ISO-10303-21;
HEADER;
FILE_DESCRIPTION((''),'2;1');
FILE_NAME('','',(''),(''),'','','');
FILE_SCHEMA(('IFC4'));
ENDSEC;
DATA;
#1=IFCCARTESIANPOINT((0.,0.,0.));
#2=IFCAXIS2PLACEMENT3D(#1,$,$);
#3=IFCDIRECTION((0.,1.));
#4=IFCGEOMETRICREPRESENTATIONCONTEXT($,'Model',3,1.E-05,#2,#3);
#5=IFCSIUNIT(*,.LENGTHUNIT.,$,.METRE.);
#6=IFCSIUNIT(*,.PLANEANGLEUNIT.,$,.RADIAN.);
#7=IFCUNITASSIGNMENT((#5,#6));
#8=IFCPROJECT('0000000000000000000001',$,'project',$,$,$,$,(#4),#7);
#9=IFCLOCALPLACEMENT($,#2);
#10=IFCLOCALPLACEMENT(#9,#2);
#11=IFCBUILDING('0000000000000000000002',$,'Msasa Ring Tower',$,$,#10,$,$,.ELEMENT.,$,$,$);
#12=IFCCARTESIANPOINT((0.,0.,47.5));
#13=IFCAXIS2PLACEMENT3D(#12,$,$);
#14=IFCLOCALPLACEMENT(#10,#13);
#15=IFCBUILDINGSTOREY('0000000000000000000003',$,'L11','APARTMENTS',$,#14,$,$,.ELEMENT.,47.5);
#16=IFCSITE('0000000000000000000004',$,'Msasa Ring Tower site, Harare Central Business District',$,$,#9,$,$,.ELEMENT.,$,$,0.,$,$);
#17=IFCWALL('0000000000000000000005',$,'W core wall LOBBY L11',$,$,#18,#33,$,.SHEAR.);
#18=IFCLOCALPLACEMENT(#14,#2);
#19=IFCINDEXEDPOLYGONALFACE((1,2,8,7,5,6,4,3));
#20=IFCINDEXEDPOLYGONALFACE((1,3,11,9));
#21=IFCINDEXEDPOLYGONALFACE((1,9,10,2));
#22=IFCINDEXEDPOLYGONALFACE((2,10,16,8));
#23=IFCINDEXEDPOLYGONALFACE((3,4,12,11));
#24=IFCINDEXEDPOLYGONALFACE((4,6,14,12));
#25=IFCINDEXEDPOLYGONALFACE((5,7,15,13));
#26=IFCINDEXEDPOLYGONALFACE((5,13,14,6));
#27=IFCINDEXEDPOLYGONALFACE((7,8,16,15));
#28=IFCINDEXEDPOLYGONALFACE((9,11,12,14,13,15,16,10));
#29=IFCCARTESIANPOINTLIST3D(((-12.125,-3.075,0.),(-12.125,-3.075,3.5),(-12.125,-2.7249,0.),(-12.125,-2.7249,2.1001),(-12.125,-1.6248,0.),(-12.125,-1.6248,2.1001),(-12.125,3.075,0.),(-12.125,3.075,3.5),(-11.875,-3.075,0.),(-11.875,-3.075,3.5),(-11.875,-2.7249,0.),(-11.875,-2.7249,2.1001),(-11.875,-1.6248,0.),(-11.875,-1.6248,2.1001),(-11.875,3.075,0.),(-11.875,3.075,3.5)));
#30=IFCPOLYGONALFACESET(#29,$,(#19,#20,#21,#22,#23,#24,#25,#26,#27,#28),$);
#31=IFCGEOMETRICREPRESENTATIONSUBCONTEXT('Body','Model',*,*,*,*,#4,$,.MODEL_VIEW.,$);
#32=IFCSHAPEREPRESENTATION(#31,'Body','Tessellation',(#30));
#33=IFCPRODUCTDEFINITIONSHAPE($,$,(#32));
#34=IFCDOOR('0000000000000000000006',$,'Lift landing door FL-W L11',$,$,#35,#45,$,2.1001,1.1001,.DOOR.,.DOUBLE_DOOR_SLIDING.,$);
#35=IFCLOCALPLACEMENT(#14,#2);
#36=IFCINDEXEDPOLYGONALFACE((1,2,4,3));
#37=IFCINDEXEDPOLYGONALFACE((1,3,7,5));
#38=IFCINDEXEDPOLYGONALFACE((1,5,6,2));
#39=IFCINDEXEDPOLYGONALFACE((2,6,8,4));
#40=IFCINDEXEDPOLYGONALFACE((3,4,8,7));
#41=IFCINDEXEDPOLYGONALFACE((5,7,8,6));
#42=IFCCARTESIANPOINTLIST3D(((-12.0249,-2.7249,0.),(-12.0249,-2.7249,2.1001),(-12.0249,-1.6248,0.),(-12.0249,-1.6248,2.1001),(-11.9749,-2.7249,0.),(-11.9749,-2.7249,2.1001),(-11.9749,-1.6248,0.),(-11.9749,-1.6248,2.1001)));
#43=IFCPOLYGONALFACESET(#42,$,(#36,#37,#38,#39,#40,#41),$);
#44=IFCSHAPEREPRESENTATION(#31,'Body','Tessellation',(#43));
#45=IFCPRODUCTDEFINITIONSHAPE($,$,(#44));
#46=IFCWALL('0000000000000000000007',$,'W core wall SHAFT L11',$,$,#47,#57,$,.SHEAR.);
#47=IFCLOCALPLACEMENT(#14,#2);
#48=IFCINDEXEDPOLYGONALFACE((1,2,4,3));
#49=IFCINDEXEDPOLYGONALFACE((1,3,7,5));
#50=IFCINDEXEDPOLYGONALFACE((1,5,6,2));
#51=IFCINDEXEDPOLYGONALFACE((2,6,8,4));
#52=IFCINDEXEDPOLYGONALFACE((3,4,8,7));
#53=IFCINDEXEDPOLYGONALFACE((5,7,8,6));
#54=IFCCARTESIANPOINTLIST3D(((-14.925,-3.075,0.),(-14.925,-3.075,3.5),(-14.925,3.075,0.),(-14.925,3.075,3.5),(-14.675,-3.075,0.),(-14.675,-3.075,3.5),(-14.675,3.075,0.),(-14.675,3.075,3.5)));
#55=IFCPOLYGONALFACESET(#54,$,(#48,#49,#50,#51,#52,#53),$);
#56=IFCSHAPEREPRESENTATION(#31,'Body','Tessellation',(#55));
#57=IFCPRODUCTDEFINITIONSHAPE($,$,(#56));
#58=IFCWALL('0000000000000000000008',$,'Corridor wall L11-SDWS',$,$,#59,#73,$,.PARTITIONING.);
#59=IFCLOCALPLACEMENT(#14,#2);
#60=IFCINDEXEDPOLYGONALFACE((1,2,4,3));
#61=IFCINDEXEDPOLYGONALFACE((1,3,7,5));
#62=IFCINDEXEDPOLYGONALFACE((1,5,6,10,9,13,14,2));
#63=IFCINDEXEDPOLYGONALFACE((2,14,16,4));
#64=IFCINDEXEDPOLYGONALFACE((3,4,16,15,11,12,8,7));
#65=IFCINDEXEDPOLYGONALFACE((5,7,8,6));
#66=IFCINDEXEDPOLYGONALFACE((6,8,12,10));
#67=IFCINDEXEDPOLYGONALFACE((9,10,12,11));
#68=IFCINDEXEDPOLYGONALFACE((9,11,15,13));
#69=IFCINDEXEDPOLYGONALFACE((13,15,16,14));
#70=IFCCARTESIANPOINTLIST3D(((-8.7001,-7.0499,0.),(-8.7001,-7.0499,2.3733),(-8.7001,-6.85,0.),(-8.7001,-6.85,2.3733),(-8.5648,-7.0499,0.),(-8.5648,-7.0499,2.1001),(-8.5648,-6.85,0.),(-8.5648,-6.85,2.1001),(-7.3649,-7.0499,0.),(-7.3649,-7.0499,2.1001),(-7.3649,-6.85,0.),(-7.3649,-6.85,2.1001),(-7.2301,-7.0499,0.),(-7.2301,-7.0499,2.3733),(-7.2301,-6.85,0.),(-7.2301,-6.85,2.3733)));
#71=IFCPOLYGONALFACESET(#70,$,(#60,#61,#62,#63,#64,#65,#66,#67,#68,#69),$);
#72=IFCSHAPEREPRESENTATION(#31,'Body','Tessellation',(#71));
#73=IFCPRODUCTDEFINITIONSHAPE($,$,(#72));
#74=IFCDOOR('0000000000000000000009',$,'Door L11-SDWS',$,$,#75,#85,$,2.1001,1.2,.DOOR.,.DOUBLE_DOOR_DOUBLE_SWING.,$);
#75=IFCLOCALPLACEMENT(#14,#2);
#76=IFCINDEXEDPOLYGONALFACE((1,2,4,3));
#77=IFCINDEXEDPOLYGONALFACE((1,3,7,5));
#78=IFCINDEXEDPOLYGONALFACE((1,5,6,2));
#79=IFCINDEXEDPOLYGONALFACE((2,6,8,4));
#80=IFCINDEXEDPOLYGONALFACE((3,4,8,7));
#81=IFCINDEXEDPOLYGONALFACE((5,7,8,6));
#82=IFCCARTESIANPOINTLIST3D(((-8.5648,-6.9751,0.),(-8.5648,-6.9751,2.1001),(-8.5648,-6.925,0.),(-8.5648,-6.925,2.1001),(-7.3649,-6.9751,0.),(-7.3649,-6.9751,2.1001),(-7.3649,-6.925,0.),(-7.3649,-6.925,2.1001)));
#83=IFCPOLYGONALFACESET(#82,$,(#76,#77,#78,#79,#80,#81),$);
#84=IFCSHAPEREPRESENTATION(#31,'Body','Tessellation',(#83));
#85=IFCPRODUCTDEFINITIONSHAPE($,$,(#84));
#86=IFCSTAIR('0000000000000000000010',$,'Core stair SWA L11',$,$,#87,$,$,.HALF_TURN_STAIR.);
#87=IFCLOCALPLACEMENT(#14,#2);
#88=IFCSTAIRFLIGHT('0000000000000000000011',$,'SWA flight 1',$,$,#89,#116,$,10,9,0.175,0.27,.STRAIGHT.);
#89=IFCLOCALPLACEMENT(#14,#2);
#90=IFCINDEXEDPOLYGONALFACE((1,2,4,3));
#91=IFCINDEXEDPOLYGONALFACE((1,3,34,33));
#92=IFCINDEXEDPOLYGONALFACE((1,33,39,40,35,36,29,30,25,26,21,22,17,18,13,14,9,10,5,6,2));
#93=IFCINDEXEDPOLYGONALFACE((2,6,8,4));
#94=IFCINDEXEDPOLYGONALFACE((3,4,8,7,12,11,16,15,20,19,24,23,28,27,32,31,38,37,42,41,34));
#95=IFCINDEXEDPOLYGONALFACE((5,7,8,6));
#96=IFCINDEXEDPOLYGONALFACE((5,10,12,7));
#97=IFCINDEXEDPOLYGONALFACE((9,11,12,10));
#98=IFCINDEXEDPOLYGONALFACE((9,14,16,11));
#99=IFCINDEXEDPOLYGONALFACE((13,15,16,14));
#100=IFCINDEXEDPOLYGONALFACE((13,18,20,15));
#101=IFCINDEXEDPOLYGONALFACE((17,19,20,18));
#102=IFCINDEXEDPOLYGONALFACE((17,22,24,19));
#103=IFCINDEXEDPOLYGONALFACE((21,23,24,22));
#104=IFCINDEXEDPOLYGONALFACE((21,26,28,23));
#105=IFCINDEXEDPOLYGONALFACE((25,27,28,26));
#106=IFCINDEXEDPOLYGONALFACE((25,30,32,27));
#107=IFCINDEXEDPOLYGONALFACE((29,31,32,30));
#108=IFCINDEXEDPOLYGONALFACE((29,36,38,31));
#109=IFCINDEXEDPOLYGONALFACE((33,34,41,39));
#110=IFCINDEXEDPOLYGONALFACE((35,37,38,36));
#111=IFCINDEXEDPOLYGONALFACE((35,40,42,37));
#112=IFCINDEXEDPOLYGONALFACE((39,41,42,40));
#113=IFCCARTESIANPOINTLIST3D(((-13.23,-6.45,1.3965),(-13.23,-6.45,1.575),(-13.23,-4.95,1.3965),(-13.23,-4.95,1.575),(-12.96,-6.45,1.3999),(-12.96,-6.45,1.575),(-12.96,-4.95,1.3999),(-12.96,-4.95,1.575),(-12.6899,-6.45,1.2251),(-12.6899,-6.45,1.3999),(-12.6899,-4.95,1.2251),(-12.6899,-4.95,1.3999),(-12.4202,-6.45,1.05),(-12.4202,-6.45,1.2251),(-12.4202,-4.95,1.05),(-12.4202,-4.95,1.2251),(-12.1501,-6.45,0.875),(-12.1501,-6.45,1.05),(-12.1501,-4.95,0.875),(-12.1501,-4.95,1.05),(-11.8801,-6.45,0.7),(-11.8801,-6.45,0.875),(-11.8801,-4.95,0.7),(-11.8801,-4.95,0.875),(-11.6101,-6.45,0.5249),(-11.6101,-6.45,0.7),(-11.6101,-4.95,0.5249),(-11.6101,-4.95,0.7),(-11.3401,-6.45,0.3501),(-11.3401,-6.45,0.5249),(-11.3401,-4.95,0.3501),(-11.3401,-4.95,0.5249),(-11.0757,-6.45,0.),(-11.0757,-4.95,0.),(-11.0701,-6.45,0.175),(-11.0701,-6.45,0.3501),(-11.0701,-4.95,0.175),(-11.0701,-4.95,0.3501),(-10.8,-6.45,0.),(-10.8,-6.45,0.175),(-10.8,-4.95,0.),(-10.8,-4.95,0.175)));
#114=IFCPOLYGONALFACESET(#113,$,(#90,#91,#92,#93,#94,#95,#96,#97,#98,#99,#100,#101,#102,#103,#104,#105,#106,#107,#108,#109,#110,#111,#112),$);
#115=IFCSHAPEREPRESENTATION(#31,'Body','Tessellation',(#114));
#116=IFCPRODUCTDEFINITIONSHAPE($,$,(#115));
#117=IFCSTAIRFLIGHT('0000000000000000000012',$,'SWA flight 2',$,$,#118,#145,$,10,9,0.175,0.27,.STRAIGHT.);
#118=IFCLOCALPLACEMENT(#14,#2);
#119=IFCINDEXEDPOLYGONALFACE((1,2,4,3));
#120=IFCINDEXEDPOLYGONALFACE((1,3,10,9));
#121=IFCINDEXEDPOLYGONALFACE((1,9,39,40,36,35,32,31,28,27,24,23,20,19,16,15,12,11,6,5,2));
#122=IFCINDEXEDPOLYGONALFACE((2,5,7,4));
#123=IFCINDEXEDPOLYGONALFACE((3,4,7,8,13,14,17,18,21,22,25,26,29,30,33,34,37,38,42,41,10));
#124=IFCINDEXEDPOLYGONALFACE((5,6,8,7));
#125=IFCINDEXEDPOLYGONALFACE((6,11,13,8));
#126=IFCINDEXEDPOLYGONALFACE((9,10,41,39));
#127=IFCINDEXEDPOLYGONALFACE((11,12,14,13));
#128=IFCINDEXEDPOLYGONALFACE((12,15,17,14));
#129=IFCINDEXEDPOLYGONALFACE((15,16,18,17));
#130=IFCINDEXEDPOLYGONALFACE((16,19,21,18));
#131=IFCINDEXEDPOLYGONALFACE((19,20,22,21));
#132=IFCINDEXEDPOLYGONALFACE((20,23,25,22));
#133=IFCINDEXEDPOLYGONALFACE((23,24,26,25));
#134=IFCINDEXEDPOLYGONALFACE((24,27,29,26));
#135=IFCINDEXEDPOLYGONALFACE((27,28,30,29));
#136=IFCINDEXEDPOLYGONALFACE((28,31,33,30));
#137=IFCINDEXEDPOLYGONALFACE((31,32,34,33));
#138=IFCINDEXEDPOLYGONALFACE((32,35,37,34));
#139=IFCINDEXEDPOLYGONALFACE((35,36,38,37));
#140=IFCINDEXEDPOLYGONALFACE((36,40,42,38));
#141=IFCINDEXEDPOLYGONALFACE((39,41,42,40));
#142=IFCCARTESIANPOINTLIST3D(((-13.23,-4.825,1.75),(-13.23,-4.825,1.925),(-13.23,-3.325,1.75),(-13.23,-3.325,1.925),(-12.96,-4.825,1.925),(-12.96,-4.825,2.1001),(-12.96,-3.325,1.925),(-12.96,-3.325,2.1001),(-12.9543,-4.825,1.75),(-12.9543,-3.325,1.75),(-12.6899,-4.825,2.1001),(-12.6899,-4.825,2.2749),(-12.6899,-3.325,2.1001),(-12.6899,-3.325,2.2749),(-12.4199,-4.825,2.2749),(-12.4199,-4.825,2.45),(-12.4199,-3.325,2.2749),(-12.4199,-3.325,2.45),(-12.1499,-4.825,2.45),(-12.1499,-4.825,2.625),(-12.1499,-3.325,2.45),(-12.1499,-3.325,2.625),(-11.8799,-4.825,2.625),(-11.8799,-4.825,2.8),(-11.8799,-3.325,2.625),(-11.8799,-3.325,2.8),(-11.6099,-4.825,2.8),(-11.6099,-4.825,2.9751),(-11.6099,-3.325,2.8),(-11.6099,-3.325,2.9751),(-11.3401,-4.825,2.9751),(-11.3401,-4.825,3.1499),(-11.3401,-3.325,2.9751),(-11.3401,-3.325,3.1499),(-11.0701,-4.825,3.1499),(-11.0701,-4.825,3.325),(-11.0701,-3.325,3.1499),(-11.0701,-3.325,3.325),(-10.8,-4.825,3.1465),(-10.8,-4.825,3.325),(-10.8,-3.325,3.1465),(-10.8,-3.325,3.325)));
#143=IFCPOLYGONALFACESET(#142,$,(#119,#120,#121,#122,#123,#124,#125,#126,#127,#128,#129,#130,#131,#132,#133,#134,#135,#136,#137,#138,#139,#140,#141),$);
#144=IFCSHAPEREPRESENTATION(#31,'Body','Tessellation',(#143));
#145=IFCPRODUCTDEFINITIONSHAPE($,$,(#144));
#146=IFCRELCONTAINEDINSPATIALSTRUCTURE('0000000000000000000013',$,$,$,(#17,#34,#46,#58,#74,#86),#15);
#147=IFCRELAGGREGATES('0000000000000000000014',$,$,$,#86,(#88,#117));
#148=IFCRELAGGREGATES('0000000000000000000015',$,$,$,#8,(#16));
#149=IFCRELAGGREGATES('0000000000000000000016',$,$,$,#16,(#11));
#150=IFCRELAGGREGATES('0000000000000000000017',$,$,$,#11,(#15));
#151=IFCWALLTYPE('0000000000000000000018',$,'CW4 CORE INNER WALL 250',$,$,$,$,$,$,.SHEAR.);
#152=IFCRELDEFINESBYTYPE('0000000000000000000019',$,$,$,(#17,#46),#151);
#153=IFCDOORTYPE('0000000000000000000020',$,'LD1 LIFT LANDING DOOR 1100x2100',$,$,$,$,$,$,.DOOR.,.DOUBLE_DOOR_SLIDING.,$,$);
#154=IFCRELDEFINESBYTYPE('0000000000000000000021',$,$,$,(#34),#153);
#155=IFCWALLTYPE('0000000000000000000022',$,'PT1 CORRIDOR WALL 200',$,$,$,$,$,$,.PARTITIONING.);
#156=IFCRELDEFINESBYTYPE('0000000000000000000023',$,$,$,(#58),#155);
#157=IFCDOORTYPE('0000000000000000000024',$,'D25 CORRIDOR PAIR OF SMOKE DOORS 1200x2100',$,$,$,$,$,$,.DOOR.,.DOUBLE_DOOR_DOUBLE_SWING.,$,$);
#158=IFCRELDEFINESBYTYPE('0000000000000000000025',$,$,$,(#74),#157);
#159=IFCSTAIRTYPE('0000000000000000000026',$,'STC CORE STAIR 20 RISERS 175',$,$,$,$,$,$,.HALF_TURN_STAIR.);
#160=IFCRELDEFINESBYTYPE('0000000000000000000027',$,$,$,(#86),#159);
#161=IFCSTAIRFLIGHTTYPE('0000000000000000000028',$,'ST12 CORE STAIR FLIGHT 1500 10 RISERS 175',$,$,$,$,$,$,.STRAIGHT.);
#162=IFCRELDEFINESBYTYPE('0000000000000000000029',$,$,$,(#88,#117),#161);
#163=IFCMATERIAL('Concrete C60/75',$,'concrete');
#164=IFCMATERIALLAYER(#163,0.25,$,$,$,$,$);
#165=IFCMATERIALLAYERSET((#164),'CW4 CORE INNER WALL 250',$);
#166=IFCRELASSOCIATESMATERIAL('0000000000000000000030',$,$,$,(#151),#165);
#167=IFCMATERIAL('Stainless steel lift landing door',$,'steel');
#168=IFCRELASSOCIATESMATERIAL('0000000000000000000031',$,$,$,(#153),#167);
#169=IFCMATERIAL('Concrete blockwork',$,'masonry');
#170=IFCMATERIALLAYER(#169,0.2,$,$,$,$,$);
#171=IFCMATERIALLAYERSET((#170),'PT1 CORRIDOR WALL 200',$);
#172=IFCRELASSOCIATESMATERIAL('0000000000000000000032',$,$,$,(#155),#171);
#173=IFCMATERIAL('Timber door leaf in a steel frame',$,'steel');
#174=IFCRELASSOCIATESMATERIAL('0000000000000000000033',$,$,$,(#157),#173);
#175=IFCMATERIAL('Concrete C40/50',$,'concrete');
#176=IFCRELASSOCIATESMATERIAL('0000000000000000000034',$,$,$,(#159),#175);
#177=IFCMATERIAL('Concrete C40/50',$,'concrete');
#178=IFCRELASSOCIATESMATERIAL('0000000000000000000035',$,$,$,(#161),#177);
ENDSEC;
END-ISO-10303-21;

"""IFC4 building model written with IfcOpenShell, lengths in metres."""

from ifc_helpers import new_model, si_unit, direction, frame, frame_2d, origin, place, context, subcontext, project, spatial, polyline, rectangle, outline, extrude, material, layer, layer_set, type_object, element, fill, aggregate, save


model = new_model("IFC4")

# Units and contexts
model_context = context("Model", 3, precision=1e-05, world=origin(), true_north=direction((0.0, 1.0)))
body_context = subcontext(model_context, "Body", "Model", "MODEL_VIEW")
ifc_project = project(units=[si_unit("LENGTHUNIT", "METRE"), si_unit("PLANEANGLEUNIT", "RADIAN")], contexts=[model_context])

# Site, building, storey
site_placement = place(None, origin())
site = spatial("IfcSite", under=ifc_project, at=site_placement, Name="Msasa Ring Tower site, Harare Central Business District", CompositionType="ELEMENT", RefElevation=0.0)
building_placement = place(site_placement, origin())
building = spatial("IfcBuilding", under=site, at=building_placement, Name="Msasa Ring Tower", CompositionType="ELEMENT")
storey_placement = place(building_placement, frame((0.0, 0.0, 47.5)))
storey = spatial("IfcBuildingStorey", under=building, at=storey_placement, Name="L11", Description="APARTMENTS", CompositionType="ELEMENT", Elevation=47.5)

# Wall, opening, door
ifc_material_1 = material(Name="Concrete C60/75", Category="concrete")
ifc_layer_1 = layer(ifc_material_1, 0.25)
ifc_layer_set_1 = layer_set([ifc_layer_1], Name="CW4 CORE INNER WALL 250")
wall_type_1 = type_object("IfcWallType", Name="CW4 CORE INNER WALL 250", PredefinedType="SHEAR", material=ifc_layer_set_1)
wall_1_placement = place(storey_placement, frame((-12.0, -3.075, 0.0), z_axis=(0.0, 0.0, 1.0), x_axis=(0.0, 1.0, 0.0)))
wall_1 = element("IfcWall", 1, at=wall_1_placement, inside=storey, type_object=wall_type_1, Name="W core wall LOBBY L11", PredefinedType="SHEAR", context=body_context, shape_type="SweptSolid", body=[
    extrude(rectangle(XDim=6.1499, YDim=0.25, at=frame_2d((3.075, 0.0))), origin(), (0.0, 0.0, 1.0), 3.5),
])
opening_1_placement = place(wall_1_placement, frame((0.3501, 0.0, 0.0)))
opening_1 = element("IfcOpeningElement", 2, at=opening_1_placement, cuts=wall_1, PredefinedType="OPENING", context=body_context, shape_type="SweptSolid", body=[
    extrude(rectangle(XDim=1.1001, YDim=2.1001, at=frame_2d((0.55, 1.05))), frame((0.0, 0.135, 0.0), z_axis=(0.0, -1.0, 0.0), x_axis=(1.0, 0.0, 0.0)), (0.0, 0.0, 1.0), 0.27),
])
ifc_material_2 = material(Name="Stainless steel lift landing door", Category="steel")
door_type_1 = type_object("IfcDoorType", Name="LD1 LIFT LANDING DOOR 1100x2100", OperationType="DOUBLE_DOOR_SLIDING", PredefinedType="DOOR", material=ifc_material_2)
door_1_placement = place(opening_1_placement, origin())
door_1 = element("IfcDoor", 3, at=door_1_placement, inside=storey, type_object=door_type_1, Name="Lift landing door FL-W L11", OperationType="DOUBLE_DOOR_SLIDING", OverallHeight=2.1001, OverallWidth=1.1001, PredefinedType="DOOR", context=body_context, shape_type="SweptSolid", body=[
    extrude(rectangle(XDim=1.1001, YDim=2.1001, at=frame_2d((0.55, 1.05))), frame((0.0, 0.0249, 0.0), z_axis=(0.0, -1.0, 0.0), x_axis=(1.0, 0.0, 0.0)), (0.0, 0.0, 1.0), 0.05),
])
fill(opening_1, door_1)

# Wall
wall_2_placement = place(storey_placement, frame((-14.8, -3.075, 0.0), z_axis=(0.0, 0.0, 1.0), x_axis=(0.0, 1.0, 0.0)))
element("IfcWall", 4, at=wall_2_placement, inside=storey, type_object=wall_type_1, Name="W core wall SHAFT L11", PredefinedType="SHEAR", context=body_context, shape_type="SweptSolid", body=[
    extrude(rectangle(XDim=6.1499, YDim=0.25, at=frame_2d((3.075, 0.0))), origin(), (0.0, 0.0, 1.0), 3.5),
])

# Wall, opening, door
ifc_material_3 = material(Name="Concrete blockwork", Category="masonry")
ifc_layer_2 = layer(ifc_material_3, 0.2)
ifc_layer_set_2 = layer_set([ifc_layer_2], Name="PT1 CORRIDOR WALL 200")
wall_type_2 = type_object("IfcWallType", Name="PT1 CORRIDOR WALL 200", PredefinedType="PARTITIONING", material=ifc_layer_set_2)
wall_3_placement = place(storey_placement, frame((-8.7, -6.95, 0.0), z_axis=(0.0, 0.0, 1.0), x_axis=(1.0, 0.0, 0.0)))
wall_3 = element("IfcWall", 5, at=wall_3_placement, inside=storey, type_object=wall_type_2, Name="Corridor wall L11-SDWS", PredefinedType="PARTITIONING", context=body_context, shape_type="SweptSolid", body=[
    extrude(rectangle(XDim=1.47, YDim=0.2, at=frame_2d((0.7349, 0.0))), origin(), (0.0, 0.0, 1.0), 2.3733),
])
opening_2_placement = place(wall_3_placement, frame((0.135, 0.0, 0.0)))
opening_2 = element("IfcOpeningElement", 6, at=opening_2_placement, cuts=wall_3, PredefinedType="OPENING", context=body_context, shape_type="SweptSolid", body=[
    extrude(rectangle(XDim=1.2, YDim=2.1001, at=frame_2d((0.6001, 1.05))), frame((0.0, 0.1099, 0.0), z_axis=(0.0, -1.0, 0.0), x_axis=(1.0, 0.0, 0.0)), (0.0, 0.0, 1.0), 0.22),
])
ifc_material_4 = material(Name="Timber door leaf in a steel frame", Category="steel")
door_type_2 = type_object("IfcDoorType", Name="D25 CORRIDOR PAIR OF SMOKE DOORS 1200x2100", OperationType="DOUBLE_DOOR_DOUBLE_SWING", PredefinedType="DOOR", material=ifc_material_4)
door_2_placement = place(opening_2_placement, origin())
door_2 = element("IfcDoor", 7, at=door_2_placement, inside=storey, type_object=door_type_2, Name="Door L11-SDWS", OperationType="DOUBLE_DOOR_DOUBLE_SWING", OverallHeight=2.1001, OverallWidth=1.2, PredefinedType="DOOR", context=body_context, shape_type="SweptSolid", body=[
    extrude(rectangle(XDim=1.2, YDim=2.1001, at=frame_2d((0.6001, 1.05))), frame((0.0, 0.0249, 0.0), z_axis=(0.0, -1.0, 0.0), x_axis=(1.0, 0.0, 0.0)), (0.0, 0.0, 1.0), 0.05),
])
fill(opening_2, door_2)

# Stair, stair flights
ifc_material_5 = material(Name="Concrete C40/50", Category="concrete")
stair_type = type_object("IfcStairType", Name="STC CORE STAIR 20 RISERS 175", PredefinedType="HALF_TURN_STAIR", material=ifc_material_5)
stair_placement = place(storey_placement, origin())
stair = element("IfcStair", 8, at=stair_placement, inside=storey, type_object=stair_type, Name="Core stair SWA L11", PredefinedType="HALF_TURN_STAIR")
ifc_material_6 = material(Name="Concrete C40/50", Category="concrete")
stair_flight_type = type_object("IfcStairFlightType", Name="ST12 CORE STAIR FLIGHT 1500 10 RISERS 175", PredefinedType="STRAIGHT", material=ifc_material_6)
stair_flight_1_placement = place(storey_placement, frame((-10.8, -5.7, 0.0), z_axis=(0.0, 0.0, 1.0), x_axis=(-1.0, 0.0, 0.0)))
stair_flight_1 = element("IfcStairFlight", 9, at=stair_flight_1_placement, type_object=stair_flight_type, Name="SWA flight 1", NumberOfRisers=10, NumberOfTreads=9, PredefinedType="STRAIGHT", RiserHeight=0.175, TreadLength=0.27, context=body_context, shape_type="SweptSolid", body=[
    extrude(outline(polyline([(0.0, 0.0), (0.0, 0.175), (0.27, 0.175), (0.27, 0.3501), (0.54, 0.3501), (0.54, 0.5249), (0.8101, 0.5249), (0.8101, 0.7), (1.0801, 0.7), (1.0801, 0.875), (1.3501, 0.875), (1.3501, 1.05), (1.6201, 1.05), (1.6201, 1.2251), (1.8899, 1.2251), (1.8899, 1.3999), (2.1599, 1.3999), (2.1599, 1.575), (2.4299, 1.575), (2.4299, 1.75), (2.4299, 1.3965), (0.2756, 0.0), (0.0, 0.0)])), frame((0.0, 0.75, 0.0), z_axis=(0.0, -1.0, 0.0), x_axis=(1.0, 0.0, 0.0)), (0.0, 0.0, 1.0), 1.5),
])
stair_flight_2_placement = place(storey_placement, frame((-13.23, -4.075, 1.75), z_axis=(0.0, 0.0, 1.0), x_axis=(1.0, 0.0, 0.0)))
stair_flight_2 = element("IfcStairFlight", 10, at=stair_flight_2_placement, type_object=stair_flight_type, Name="SWA flight 2", NumberOfRisers=10, NumberOfTreads=9, PredefinedType="STRAIGHT", RiserHeight=0.175, TreadLength=0.27, context=body_context, shape_type="SweptSolid", body=[
    extrude(outline(polyline([(0.0, 0.0), (0.0, 0.175), (0.27, 0.175), (0.27, 0.3501), (0.54, 0.3501), (0.54, 0.5249), (0.8101, 0.5249), (0.8101, 0.7), (1.0801, 0.7), (1.0801, 0.875), (1.3501, 0.875), (1.3501, 1.05), (1.6201, 1.05), (1.6201, 1.2251), (1.8899, 1.2251), (1.8899, 1.3999), (2.1599, 1.3999), (2.1599, 1.575), (2.4299, 1.575), (2.4299, 1.75), (2.4299, 1.3965), (0.2756, 0.0), (0.0, 0.0)])), frame((0.0, 0.75, 0.0), z_axis=(0.0, -1.0, 0.0), x_axis=(1.0, 0.0, 0.0)), (0.0, 0.0, 1.0), 1.5),
])
aggregate(stair, [stair_flight_1, stair_flight_2])

save(model, "model.ifc")
